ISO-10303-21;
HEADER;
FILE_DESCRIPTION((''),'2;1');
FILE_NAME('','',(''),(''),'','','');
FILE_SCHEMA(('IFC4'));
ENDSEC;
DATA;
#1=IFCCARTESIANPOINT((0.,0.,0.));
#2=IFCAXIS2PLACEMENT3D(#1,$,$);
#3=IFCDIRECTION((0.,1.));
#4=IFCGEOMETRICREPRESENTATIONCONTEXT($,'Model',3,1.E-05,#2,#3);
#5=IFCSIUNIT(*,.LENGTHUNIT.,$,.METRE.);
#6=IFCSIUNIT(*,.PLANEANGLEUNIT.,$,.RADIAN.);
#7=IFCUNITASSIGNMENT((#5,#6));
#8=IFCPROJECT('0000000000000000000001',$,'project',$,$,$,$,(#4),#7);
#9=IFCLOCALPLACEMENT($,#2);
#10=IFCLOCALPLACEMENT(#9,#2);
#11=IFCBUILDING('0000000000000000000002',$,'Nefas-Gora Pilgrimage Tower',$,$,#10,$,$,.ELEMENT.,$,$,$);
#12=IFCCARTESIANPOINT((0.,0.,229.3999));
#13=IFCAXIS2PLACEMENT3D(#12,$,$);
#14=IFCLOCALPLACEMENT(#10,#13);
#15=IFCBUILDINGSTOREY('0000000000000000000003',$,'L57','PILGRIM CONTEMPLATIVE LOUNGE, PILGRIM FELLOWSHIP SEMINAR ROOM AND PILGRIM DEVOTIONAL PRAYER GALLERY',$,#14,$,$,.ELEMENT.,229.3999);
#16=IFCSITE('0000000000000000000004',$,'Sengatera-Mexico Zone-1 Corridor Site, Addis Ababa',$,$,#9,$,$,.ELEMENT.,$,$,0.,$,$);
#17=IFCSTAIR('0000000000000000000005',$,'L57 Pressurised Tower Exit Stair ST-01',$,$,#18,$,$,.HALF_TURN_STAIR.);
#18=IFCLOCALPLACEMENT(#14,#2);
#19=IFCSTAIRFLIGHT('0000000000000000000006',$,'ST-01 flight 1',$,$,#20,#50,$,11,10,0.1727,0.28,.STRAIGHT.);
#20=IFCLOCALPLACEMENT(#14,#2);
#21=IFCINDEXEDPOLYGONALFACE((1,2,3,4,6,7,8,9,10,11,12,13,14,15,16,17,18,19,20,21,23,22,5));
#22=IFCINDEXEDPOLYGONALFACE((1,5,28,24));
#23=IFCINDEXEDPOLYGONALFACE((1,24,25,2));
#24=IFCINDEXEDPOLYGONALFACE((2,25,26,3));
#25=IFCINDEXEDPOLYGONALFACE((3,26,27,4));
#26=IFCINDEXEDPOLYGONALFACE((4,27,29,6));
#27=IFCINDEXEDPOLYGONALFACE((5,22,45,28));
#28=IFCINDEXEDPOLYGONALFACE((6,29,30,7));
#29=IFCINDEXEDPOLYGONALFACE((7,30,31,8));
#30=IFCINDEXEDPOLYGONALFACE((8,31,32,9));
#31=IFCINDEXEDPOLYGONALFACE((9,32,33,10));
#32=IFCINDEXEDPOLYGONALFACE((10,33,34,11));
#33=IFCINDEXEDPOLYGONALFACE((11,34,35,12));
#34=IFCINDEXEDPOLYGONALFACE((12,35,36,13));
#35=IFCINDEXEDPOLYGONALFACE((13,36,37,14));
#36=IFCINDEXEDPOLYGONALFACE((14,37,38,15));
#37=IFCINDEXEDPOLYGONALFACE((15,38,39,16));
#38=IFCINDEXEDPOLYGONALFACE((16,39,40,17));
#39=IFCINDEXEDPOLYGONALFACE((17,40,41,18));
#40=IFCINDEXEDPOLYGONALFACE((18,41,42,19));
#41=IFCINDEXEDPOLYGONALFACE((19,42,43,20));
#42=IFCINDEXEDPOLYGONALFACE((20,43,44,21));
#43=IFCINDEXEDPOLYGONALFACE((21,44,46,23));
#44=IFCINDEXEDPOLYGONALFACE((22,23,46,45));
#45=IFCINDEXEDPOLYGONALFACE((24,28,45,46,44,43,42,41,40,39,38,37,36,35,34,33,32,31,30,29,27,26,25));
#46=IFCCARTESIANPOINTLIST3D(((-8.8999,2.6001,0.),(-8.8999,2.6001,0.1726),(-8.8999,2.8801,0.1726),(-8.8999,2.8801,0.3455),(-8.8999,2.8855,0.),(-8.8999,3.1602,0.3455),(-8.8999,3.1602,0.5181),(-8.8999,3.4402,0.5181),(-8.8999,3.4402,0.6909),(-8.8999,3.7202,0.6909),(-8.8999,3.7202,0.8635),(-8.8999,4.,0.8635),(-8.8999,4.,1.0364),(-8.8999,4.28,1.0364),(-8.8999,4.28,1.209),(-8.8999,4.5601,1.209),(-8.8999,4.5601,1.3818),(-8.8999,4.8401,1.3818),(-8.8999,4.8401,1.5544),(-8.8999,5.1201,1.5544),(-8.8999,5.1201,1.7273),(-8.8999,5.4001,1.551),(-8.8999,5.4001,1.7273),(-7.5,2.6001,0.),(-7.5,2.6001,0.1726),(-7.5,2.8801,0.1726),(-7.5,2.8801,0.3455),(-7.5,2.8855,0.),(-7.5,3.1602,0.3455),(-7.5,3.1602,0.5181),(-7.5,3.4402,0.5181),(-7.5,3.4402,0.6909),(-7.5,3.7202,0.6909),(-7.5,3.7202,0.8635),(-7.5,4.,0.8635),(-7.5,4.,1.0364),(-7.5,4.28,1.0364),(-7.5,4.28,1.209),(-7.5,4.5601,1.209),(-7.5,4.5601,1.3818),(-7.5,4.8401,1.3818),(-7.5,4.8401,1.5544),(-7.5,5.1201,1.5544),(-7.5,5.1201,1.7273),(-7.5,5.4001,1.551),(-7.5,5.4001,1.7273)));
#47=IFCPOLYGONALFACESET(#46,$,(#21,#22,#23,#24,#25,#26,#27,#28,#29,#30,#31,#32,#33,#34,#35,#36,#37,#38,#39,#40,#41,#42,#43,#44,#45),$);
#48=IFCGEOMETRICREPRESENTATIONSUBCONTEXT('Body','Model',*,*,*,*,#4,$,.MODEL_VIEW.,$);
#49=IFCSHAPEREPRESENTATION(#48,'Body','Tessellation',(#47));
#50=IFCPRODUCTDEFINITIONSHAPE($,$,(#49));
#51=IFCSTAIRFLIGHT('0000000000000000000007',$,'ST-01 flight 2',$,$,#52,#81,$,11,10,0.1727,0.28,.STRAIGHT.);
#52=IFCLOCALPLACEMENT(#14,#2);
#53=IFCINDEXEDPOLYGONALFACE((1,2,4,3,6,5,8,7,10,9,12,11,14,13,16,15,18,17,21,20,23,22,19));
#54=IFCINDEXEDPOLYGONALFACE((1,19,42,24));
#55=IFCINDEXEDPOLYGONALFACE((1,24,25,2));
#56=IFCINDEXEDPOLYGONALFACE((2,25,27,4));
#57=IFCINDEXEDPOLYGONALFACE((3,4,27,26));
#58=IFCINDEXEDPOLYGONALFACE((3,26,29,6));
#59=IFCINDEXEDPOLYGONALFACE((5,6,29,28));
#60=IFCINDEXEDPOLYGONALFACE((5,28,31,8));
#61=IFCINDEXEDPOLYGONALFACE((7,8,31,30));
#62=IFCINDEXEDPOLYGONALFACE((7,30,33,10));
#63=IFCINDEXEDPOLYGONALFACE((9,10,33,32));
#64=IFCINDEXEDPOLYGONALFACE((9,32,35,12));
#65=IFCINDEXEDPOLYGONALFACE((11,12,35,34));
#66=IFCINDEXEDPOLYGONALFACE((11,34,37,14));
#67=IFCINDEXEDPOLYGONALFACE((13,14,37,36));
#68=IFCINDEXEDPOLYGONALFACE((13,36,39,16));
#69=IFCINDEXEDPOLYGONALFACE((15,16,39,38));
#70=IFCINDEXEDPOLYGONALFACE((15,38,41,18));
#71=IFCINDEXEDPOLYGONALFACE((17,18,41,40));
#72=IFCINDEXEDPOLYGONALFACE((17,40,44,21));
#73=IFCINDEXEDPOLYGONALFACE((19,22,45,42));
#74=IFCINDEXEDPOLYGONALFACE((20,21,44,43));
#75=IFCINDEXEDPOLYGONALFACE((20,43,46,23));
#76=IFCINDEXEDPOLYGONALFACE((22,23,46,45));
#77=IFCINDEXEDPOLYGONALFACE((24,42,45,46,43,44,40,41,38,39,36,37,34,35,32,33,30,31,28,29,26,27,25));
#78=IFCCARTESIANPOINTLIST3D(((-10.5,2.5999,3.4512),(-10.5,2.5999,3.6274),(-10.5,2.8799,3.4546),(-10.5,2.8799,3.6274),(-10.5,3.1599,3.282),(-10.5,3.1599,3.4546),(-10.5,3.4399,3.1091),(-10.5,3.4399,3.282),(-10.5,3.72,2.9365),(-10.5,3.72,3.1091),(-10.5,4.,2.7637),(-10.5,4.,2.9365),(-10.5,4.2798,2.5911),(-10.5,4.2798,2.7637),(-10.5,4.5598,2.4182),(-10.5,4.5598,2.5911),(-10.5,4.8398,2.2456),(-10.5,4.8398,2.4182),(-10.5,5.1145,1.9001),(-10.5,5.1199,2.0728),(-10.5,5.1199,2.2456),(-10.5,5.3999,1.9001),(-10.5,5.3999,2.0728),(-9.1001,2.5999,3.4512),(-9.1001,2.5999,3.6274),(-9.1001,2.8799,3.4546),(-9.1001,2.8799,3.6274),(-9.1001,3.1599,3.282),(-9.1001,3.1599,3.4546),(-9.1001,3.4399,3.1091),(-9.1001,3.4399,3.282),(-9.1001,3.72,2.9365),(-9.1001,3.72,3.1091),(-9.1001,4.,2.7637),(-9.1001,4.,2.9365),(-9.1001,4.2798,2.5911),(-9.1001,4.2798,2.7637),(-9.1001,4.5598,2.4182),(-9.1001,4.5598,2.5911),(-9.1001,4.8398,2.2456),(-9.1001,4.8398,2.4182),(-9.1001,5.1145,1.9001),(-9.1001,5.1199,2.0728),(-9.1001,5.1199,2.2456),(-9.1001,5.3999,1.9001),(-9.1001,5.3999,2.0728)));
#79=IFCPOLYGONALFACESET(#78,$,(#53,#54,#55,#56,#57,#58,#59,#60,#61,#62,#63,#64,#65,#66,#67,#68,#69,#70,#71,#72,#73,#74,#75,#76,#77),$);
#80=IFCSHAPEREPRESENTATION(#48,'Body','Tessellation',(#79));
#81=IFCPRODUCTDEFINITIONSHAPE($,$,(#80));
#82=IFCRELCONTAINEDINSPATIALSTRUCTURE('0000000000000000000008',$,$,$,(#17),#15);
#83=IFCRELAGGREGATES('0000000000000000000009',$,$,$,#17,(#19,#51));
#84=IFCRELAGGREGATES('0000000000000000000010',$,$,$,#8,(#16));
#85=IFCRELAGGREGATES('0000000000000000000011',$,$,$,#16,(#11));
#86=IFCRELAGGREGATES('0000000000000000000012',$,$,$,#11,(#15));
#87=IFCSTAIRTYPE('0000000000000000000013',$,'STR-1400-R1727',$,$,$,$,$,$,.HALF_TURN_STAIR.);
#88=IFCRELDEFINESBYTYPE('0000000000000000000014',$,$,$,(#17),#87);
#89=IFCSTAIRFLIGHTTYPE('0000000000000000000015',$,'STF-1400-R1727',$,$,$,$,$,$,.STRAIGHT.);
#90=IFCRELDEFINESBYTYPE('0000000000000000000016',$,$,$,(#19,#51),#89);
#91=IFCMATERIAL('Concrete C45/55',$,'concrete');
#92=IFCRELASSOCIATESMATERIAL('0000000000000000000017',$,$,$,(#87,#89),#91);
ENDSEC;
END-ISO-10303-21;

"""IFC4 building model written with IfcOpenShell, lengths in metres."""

from ifc_helpers import new_model, si_unit, direction, frame, origin, place, context, subcontext, project, spatial, polyline, outline, extrude, source, transform, mapped, material, type_object, element, aggregate, save


model = new_model("IFC4")

# Units and contexts
model_context = context("Model", 3, precision=1e-05, world=origin(), true_north=direction((0.0, 1.0)))
body_context = subcontext(model_context, "Body", "Model", "MODEL_VIEW")
ifc_project = project(units=[si_unit("LENGTHUNIT", "METRE"), si_unit("PLANEANGLEUNIT", "RADIAN")], contexts=[model_context])

# Site, building, storey
site_placement = place(None, origin())
site = spatial("IfcSite", under=ifc_project, at=site_placement, Name="Sengatera-Mexico Zone-1 Corridor Site, Addis Ababa", CompositionType="ELEMENT", RefElevation=0.0)
building_placement = place(site_placement, origin())
building = spatial("IfcBuilding", under=site, at=building_placement, Name="Nefas-Gora Pilgrimage Tower", CompositionType="ELEMENT")
storey_placement = place(building_placement, frame((0.0, 0.0, 229.3999)))
storey = spatial("IfcBuildingStorey", under=building, at=storey_placement, Name="L57", Description="PILGRIM CONTEMPLATIVE LOUNGE, PILGRIM FELLOWSHIP SEMINAR ROOM AND PILGRIM DEVOTIONAL PRAYER GALLERY", CompositionType="ELEMENT", Elevation=229.3999)

# Shared definitions
ifc_material_1 = material(Name="Concrete C45/55", Category="concrete")

# Stair, stair flights
stair_type = type_object("IfcStairType", Name="STR-1400-R1727", PredefinedType="HALF_TURN_STAIR", material=ifc_material_1)
stair_placement = place(storey_placement, origin())
stair = element("IfcStair", 1, at=stair_placement, inside=storey, type_object=stair_type, Name="L57 Pressurised Tower Exit Stair ST-01", PredefinedType="HALF_TURN_STAIR")
stair_flight_type = type_object("IfcStairFlightType", Name="STF-1400-R1727", PredefinedType="STRAIGHT", material=ifc_material_1)
shared_shape_1 = source(origin(), body_context, "Body", "SweptSolid", [
    extrude(outline(polyline([(0.0, 0.0), (0.0, 0.1726), (0.28, 0.1726), (0.28, 0.3455), (0.5601, 0.3455), (0.5601, 0.5181), (0.8401, 0.5181), (0.8401, 0.6909), (1.1201, 0.6909), (1.1201, 0.8635), (1.3999, 0.8635), (1.3999, 1.0364), (1.6799, 1.0364), (1.6799, 1.209), (1.96, 1.209), (1.96, 1.3818), (2.24, 1.3818), (2.24, 1.5544), (2.52, 1.5544), (2.52, 1.7273), (2.8, 1.7273), (2.8, 1.8999), (2.8, 1.551), (0.2854, 0.0), (0.0, 0.0)])), frame((0.0, 0.7, 0.0), z_axis=(0.0, -1.0, 0.0), x_axis=(1.0, 0.0, 0.0)), (0.0, 0.0, 1.0), 1.3999),
])
stair_flight_1_placement = place(storey_placement, frame((-8.2, 2.6001, 0.0), z_axis=(0.0, 0.0, 1.0), x_axis=(0.0, 1.0, 0.0)))
stair_flight_1 = element("IfcStairFlight", 2, at=stair_flight_1_placement, type_object=stair_flight_type, Name="ST-01 flight 1", NumberOfRisers=11, NumberOfTreads=10, PredefinedType="STRAIGHT", RiserHeight=0.1727, TreadLength=0.28, context=body_context, shape_type="MappedRepresentation", body=[
    mapped(shared_shape_1, transform((0.0, 0.0, 0.0), x_axis=(1.0, 0.0, 0.0), y_axis=(0.0, 1.0, 0.0), z_axis=(0.0, 0.0, 1.0), scale=1.0)),
])
stair_flight_2_placement = place(storey_placement, frame((-9.8, 5.3999, 1.9001), z_axis=(0.0, 0.0, 1.0), x_axis=(0.0, -1.0, 0.0)))
stair_flight_2 = element("IfcStairFlight", 3, at=stair_flight_2_placement, type_object=stair_flight_type, Name="ST-01 flight 2", NumberOfRisers=11, NumberOfTreads=10, PredefinedType="STRAIGHT", RiserHeight=0.1727, TreadLength=0.28, context=body_context, shape_type="MappedRepresentation", body=[
    mapped(shared_shape_1, transform((0.0, 0.0, 0.0), x_axis=(1.0, 0.0, 0.0), y_axis=(0.0, 1.0, 0.0), z_axis=(0.0, 0.0, 1.0), scale=1.0)),
])
aggregate(stair, [stair_flight_1, stair_flight_2])

save(model, "model.ifc")
